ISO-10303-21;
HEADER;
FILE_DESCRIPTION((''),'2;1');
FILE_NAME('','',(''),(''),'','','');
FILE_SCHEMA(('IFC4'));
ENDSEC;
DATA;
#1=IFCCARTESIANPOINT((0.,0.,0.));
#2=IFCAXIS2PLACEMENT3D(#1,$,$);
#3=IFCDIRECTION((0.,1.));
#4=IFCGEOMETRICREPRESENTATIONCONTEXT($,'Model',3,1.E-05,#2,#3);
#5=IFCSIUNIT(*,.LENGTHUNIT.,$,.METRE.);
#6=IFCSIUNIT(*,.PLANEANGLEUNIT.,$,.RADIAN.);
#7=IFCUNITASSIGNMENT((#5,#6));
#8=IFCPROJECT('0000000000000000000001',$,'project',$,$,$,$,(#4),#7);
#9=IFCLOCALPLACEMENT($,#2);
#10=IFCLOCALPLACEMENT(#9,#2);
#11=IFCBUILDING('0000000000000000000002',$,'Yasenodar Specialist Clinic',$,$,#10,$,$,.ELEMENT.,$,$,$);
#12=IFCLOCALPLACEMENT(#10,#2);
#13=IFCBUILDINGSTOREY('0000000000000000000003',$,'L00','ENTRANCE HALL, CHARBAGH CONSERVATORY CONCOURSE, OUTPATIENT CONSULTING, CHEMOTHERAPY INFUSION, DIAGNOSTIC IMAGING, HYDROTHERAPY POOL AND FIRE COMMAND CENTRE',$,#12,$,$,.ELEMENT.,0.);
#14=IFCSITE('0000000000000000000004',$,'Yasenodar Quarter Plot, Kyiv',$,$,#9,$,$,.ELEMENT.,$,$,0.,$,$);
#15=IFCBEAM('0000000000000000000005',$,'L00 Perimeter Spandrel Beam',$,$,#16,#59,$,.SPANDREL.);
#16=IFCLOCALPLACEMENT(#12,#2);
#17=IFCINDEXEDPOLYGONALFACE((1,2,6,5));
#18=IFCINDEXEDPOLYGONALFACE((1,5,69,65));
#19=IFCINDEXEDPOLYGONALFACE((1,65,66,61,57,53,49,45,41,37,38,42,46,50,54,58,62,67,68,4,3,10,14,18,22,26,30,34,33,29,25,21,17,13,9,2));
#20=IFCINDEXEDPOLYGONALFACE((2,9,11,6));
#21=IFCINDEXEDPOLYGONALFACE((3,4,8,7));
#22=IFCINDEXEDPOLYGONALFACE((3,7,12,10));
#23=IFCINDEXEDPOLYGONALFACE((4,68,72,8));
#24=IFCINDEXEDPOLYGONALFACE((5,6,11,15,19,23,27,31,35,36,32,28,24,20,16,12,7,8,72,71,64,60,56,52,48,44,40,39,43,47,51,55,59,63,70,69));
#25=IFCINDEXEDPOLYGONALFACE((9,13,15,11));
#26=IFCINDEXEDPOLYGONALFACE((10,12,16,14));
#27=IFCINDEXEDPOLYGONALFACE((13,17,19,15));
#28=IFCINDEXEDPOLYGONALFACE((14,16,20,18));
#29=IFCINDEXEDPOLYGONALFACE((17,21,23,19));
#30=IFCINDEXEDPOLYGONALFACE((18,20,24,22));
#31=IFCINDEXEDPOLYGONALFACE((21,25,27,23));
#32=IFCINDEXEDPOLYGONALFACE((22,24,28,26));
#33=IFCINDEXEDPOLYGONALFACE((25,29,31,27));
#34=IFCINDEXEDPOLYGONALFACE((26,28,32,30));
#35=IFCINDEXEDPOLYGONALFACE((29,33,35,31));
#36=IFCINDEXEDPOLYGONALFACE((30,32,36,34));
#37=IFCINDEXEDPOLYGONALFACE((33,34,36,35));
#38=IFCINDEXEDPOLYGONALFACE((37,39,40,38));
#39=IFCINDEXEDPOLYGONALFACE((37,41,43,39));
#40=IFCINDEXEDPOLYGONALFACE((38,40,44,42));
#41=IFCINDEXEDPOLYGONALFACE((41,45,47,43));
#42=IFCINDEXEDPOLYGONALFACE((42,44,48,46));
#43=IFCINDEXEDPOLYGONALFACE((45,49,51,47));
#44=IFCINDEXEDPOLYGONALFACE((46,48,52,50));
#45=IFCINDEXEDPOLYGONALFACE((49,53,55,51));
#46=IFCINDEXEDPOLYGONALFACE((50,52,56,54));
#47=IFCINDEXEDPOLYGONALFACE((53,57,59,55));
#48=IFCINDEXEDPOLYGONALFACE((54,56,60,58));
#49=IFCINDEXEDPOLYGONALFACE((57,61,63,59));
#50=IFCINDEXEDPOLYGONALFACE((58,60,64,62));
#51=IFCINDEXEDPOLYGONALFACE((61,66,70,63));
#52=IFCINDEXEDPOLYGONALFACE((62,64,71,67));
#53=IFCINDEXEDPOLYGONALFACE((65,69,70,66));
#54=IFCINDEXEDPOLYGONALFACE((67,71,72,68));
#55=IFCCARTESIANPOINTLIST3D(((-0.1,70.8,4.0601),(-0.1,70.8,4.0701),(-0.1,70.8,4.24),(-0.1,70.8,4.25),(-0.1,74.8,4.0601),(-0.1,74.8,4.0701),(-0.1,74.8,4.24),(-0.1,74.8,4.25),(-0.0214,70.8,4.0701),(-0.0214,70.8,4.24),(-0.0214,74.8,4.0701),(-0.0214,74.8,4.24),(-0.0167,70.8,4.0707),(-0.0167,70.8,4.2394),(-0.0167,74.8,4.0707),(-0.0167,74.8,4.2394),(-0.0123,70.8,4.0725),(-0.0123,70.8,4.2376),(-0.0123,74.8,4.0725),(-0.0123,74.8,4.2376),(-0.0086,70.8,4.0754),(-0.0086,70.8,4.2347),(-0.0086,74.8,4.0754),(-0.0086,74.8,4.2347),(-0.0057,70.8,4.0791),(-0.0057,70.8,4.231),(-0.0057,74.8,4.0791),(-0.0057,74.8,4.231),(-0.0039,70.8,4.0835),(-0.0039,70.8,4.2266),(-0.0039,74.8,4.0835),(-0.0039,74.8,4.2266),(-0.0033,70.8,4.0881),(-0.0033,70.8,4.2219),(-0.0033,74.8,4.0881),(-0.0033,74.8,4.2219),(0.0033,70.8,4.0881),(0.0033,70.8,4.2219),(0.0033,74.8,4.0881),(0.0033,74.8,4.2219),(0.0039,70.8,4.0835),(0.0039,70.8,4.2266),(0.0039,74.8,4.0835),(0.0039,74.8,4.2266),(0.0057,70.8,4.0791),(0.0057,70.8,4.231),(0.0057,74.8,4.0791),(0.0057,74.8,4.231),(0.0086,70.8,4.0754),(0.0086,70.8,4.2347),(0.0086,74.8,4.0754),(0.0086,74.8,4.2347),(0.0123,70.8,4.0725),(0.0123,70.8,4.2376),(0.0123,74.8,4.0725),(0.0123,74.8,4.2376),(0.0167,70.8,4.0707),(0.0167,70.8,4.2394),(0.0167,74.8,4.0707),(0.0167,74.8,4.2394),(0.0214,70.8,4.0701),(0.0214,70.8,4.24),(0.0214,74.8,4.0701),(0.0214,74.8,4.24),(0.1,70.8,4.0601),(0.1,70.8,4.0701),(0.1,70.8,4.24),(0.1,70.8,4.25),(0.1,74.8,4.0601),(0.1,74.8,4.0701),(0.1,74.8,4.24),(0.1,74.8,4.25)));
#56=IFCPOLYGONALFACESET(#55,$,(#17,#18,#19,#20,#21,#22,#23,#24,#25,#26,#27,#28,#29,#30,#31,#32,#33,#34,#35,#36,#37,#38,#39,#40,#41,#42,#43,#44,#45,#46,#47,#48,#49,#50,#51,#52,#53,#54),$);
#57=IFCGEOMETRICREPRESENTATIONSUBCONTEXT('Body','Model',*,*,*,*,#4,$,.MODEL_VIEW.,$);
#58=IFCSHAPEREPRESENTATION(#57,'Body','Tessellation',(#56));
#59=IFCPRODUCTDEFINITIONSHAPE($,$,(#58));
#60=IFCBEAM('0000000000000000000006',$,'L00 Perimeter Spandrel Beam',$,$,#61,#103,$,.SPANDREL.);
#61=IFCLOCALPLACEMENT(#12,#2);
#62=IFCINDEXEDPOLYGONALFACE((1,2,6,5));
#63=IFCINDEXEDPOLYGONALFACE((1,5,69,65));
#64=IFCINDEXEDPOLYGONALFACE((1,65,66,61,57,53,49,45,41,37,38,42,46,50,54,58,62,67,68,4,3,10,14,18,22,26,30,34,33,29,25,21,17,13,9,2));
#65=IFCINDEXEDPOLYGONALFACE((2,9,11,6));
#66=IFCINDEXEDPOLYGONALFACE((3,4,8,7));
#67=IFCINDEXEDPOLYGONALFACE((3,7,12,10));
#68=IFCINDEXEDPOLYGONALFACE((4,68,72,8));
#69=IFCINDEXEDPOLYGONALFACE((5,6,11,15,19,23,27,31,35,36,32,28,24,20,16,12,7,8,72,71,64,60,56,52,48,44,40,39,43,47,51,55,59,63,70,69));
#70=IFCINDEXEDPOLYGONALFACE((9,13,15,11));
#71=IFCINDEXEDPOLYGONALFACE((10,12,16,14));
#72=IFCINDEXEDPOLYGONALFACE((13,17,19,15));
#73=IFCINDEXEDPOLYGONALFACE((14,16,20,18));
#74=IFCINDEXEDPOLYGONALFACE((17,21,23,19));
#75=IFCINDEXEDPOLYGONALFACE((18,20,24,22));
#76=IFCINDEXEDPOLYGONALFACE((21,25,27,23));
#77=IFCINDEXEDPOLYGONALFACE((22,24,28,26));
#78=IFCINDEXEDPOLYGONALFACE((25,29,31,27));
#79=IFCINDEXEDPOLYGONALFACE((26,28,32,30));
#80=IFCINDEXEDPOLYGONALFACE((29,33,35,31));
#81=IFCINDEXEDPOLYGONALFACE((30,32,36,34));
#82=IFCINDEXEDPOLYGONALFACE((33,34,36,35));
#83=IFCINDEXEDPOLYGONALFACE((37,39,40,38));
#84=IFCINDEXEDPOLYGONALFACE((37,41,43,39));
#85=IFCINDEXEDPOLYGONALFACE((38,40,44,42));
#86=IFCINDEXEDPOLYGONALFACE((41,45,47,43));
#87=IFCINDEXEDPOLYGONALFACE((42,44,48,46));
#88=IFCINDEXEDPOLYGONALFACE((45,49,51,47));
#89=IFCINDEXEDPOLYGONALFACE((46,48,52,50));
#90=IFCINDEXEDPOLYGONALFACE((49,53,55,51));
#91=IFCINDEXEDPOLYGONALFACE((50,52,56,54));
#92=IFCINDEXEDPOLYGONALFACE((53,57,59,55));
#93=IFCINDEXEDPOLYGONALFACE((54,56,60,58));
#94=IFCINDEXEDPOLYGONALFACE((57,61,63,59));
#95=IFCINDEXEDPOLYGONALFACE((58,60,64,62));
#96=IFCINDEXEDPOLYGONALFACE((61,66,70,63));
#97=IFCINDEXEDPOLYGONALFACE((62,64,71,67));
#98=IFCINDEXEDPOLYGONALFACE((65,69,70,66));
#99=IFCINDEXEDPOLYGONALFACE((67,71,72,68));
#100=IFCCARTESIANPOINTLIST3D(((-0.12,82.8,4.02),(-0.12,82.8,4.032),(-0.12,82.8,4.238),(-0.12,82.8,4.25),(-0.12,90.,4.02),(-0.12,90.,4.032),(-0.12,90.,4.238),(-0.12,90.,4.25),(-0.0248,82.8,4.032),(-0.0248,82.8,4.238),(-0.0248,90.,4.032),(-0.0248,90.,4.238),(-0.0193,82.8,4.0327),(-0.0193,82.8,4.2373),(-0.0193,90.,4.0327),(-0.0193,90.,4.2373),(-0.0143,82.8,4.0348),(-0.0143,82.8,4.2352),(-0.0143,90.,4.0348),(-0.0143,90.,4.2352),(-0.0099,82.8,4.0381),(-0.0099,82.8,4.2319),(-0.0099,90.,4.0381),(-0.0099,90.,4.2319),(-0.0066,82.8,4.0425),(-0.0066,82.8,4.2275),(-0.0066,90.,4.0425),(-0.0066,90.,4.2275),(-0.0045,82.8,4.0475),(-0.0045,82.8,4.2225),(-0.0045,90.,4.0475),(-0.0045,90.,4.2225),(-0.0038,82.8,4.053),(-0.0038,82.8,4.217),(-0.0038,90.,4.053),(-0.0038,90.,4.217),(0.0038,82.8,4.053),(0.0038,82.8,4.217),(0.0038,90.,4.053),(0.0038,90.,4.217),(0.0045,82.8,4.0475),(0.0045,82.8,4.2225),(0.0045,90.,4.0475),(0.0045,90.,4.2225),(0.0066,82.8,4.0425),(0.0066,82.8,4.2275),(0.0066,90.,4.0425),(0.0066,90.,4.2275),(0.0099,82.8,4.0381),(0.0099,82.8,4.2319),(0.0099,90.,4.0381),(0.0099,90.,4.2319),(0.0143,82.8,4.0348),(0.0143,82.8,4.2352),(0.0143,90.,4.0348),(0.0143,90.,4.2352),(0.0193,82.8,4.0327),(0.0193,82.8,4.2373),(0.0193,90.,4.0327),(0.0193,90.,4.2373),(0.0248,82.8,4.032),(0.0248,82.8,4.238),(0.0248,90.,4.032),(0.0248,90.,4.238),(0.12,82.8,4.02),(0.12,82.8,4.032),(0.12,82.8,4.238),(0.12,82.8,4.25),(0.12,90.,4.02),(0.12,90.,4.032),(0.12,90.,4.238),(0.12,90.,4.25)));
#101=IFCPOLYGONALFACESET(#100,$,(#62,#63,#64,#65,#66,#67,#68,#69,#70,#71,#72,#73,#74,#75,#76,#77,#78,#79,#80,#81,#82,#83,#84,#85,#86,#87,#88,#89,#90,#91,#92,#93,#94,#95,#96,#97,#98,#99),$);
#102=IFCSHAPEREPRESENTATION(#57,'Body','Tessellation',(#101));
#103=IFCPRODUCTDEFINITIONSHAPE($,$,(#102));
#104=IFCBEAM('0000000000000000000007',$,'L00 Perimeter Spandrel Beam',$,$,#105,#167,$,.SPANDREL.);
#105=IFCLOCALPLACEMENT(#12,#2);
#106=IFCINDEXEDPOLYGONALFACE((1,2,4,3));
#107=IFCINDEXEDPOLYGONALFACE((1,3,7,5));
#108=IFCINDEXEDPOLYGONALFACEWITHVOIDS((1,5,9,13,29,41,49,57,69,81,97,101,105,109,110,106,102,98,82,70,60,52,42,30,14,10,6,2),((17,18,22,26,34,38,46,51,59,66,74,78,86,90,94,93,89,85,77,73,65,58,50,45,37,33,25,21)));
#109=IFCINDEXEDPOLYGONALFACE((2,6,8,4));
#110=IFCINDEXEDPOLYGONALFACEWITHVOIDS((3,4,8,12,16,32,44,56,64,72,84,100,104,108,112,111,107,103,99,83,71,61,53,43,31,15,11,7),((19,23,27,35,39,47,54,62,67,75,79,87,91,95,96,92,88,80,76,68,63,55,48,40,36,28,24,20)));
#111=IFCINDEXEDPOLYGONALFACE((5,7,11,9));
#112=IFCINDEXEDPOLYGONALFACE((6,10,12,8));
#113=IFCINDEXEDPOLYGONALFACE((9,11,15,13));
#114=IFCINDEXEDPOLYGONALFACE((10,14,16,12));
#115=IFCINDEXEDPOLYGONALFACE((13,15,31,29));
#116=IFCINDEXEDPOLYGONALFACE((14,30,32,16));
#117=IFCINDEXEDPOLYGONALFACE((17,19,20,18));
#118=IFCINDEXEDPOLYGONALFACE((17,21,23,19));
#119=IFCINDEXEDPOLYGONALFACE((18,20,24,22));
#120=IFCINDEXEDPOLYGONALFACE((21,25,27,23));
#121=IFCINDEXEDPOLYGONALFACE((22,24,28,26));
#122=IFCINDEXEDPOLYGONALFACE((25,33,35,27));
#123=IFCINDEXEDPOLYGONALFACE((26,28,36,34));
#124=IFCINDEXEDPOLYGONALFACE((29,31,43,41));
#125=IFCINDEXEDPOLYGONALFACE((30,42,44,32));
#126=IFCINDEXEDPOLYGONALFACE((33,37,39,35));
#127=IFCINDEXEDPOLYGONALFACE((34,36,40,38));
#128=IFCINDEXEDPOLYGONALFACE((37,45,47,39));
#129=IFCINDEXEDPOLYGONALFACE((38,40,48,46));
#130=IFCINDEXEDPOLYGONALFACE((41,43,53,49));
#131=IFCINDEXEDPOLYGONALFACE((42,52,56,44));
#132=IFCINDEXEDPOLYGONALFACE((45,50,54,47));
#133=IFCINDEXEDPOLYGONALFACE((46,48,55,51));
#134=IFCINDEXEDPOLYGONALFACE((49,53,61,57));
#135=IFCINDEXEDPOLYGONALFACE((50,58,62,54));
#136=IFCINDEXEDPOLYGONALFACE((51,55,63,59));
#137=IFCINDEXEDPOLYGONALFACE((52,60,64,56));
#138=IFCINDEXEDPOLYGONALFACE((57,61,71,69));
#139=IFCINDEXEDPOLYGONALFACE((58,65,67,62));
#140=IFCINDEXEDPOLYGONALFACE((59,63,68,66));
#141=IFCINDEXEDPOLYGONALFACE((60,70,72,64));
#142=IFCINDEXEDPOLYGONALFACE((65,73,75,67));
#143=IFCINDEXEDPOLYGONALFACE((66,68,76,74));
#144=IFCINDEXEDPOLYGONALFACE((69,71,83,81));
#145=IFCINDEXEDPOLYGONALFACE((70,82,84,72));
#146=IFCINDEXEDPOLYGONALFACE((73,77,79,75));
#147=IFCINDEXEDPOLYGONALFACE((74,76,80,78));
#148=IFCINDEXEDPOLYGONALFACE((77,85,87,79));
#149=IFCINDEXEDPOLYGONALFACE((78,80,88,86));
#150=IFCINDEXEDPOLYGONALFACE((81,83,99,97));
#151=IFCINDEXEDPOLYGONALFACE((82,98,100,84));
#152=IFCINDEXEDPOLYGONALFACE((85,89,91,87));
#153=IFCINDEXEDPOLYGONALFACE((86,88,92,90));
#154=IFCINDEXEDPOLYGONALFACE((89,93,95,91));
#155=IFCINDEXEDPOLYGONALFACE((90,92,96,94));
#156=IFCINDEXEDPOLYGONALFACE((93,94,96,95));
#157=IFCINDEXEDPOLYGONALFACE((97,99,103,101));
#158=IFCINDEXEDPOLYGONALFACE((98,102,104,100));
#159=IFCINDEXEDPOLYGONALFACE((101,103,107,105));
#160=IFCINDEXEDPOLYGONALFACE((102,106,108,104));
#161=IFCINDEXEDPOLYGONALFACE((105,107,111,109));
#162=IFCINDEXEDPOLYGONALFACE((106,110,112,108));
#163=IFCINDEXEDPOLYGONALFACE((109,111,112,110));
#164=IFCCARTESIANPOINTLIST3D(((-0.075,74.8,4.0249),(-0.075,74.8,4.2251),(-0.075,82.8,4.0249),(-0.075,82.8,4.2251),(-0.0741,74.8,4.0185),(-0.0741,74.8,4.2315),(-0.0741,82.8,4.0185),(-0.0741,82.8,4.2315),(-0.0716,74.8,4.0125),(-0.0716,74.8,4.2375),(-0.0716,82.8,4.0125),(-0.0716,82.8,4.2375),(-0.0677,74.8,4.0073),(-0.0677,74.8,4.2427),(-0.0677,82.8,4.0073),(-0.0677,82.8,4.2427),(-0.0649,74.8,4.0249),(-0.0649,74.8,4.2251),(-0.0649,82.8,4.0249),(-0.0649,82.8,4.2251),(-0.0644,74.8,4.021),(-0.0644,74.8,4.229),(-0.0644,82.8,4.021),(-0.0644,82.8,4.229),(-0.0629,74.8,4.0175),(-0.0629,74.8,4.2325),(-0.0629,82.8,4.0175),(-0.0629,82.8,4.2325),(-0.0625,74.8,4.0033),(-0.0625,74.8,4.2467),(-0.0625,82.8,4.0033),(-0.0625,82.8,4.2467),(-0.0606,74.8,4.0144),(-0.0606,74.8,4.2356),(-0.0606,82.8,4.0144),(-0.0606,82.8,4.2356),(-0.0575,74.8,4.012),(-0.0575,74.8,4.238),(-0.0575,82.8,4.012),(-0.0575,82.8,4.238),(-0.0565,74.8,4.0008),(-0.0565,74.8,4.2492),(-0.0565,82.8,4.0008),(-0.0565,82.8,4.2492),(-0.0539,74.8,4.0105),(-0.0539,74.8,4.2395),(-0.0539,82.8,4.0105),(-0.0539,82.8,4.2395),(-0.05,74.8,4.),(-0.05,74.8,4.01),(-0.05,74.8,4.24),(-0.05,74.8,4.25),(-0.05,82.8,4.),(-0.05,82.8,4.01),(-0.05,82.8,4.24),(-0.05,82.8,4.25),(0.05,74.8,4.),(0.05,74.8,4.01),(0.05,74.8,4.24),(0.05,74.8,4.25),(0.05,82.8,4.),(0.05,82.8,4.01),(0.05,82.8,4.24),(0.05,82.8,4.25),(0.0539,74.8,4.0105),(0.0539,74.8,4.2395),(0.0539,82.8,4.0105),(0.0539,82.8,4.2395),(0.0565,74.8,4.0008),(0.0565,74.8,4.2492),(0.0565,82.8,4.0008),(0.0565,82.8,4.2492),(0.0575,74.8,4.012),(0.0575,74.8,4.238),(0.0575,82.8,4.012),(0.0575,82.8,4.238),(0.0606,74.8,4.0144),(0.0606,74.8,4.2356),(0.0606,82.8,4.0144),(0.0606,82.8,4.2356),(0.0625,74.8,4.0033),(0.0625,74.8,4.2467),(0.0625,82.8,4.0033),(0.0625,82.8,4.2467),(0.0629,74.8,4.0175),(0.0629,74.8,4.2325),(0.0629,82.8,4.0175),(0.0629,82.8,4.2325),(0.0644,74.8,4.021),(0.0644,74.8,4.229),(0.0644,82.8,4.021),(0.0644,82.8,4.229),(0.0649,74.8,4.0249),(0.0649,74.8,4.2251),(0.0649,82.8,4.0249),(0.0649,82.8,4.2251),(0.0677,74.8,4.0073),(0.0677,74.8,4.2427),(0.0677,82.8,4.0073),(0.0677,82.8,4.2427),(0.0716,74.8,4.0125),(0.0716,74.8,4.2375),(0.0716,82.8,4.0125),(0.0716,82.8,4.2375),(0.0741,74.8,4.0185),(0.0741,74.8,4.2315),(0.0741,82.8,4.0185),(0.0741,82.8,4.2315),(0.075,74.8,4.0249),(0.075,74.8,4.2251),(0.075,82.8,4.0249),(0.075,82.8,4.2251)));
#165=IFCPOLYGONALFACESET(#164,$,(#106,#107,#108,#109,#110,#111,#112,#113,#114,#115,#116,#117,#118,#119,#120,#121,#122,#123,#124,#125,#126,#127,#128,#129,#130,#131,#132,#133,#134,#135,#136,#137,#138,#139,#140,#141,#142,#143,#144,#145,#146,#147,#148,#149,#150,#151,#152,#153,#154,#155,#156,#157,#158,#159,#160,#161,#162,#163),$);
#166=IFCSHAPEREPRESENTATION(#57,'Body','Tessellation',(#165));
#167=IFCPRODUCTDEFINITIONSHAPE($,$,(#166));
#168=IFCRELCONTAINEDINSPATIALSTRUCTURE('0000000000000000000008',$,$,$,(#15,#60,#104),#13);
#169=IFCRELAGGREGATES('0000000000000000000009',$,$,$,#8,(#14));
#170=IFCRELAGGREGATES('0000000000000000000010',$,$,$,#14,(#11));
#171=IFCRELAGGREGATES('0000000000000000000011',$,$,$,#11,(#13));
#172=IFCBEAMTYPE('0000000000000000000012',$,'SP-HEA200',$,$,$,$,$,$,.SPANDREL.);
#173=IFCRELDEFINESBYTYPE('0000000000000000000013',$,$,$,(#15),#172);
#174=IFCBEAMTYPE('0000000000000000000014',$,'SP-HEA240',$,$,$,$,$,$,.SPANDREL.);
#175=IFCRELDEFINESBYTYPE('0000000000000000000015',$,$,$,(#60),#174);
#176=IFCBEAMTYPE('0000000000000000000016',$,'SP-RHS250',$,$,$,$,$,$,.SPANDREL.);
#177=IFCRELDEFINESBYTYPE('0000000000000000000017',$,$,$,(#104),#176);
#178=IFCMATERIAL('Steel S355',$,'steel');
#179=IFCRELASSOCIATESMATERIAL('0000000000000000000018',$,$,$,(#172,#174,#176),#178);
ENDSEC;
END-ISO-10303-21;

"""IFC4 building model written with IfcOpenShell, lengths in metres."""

from ifc_helpers import new_model, si_unit, direction, frame, origin, origin_2d, place, context, subcontext, project, spatial, hollow_rectangle, i_section, extrude, material, material_profile, profile_set, type_object, element, save


model = new_model("IFC4")

# Units and contexts
model_context = context("Model", 3, precision=1e-05, world=origin(), true_north=direction((0.0, 1.0)))
body_context = subcontext(model_context, "Body", "Model", "MODEL_VIEW")
ifc_project = project(units=[si_unit("LENGTHUNIT", "METRE"), si_unit("PLANEANGLEUNIT", "RADIAN")], contexts=[model_context])

# Site, building, storey
site_placement = place(None, origin())
site = spatial("IfcSite", under=ifc_project, at=site_placement, Name="Yasenodar Quarter Plot, Kyiv", CompositionType="ELEMENT", RefElevation=0.0)
building_placement = place(site_placement, origin())
building = spatial("IfcBuilding", under=site, at=building_placement, Name="Yasenodar Specialist Clinic", CompositionType="ELEMENT")
storey_placement = place(building_placement, origin())
storey = spatial("IfcBuildingStorey", under=building, at=storey_placement, Name="L00", Description="ENTRANCE HALL, CHARBAGH CONSERVATORY CONCOURSE, OUTPATIENT CONSULTING, CHEMOTHERAPY INFUSION, DIAGNOSTIC IMAGING, HYDROTHERAPY POOL AND FIRE COMMAND CENTRE", CompositionType="ELEMENT", Elevation=0.0)

# Shared definitions
ifc_material_1 = material(Name="Steel S355", Category="steel")

# Beams
ifc_material_profile_1 = material_profile(ifc_material_1, i_section(OverallWidth=0.2, OverallDepth=0.1899, WebThickness=0.0066, FlangeThickness=0.01, FilletRadius=0.0181, at=origin_2d()), Name="HEA 200")
ifc_profile_set_1 = profile_set([ifc_material_profile_1], Name="Steel S355")
beam_type_1 = type_object("IfcBeamType", Name="SP-HEA200", PredefinedType="SPANDREL", material=ifc_profile_set_1)
beam_1_placement = place(storey_placement, frame((0.0, 70.8, 4.155), z_axis=(0.0, 1.0, 0.0), x_axis=(-1.0, 0.0, 0.0)))
element("IfcBeam", 1, at=beam_1_placement, inside=storey, type_object=beam_type_1, Name="L00 Perimeter Spandrel Beam", PredefinedType="SPANDREL", context=body_context, shape_type="SweptSolid", body=[
    extrude(i_section(OverallWidth=0.2, OverallDepth=0.1899, WebThickness=0.0066, FlangeThickness=0.01, FilletRadius=0.0181, at=origin_2d()), origin(), (0.0, 0.0, 1.0), 4.0),
])
ifc_material_profile_2 = material_profile(ifc_material_1, i_section(OverallWidth=0.24, OverallDepth=0.23, WebThickness=0.0076, FlangeThickness=0.012, FilletRadius=0.021, at=origin_2d()), Name="HEA 240")
ifc_profile_set_2 = profile_set([ifc_material_profile_2], Name="Steel S355")
beam_type_2 = type_object("IfcBeamType", Name="SP-HEA240", PredefinedType="SPANDREL", material=ifc_profile_set_2)
beam_2_placement = place(storey_placement, frame((0.0, 82.8, 4.135), z_axis=(0.0, 1.0, 0.0), x_axis=(-1.0, 0.0, 0.0)))
element("IfcBeam", 2, at=beam_2_placement, inside=storey, type_object=beam_type_2, Name="L00 Perimeter Spandrel Beam", PredefinedType="SPANDREL", context=body_context, shape_type="SweptSolid", body=[
    extrude(i_section(OverallWidth=0.24, OverallDepth=0.23, WebThickness=0.0076, FlangeThickness=0.012, FilletRadius=0.021, at=origin_2d()), origin(), (0.0, 0.0, 1.0), 7.2),
])
ifc_material_profile_3 = material_profile(ifc_material_1, hollow_rectangle(XDim=0.1499, YDim=0.25, WallThickness=0.01, InnerFilletRadius=0.0149, OuterFilletRadius=0.0249, at=origin_2d()), Name="RHS 250x150x10")
ifc_profile_set_3 = profile_set([ifc_material_profile_3], Name="Steel S355")
beam_type_3 = type_object("IfcBeamType", Name="SP-RHS250", PredefinedType="SPANDREL", material=ifc_profile_set_3)
beam_3_placement = place(storey_placement, frame((0.0, 74.8, 4.125), z_axis=(0.0, 1.0, 0.0), x_axis=(-1.0, 0.0, 0.0)))
element("IfcBeam", 3, at=beam_3_placement, inside=storey, type_object=beam_type_3, Name="L00 Perimeter Spandrel Beam", PredefinedType="SPANDREL", context=body_context, shape_type="SweptSolid", body=[
    extrude(hollow_rectangle(XDim=0.1499, YDim=0.25, WallThickness=0.01, InnerFilletRadius=0.0149, OuterFilletRadius=0.0249, at=origin_2d()), origin(), (0.0, 0.0, 1.0), 8.0),
])

save(model, "model.ifc")
